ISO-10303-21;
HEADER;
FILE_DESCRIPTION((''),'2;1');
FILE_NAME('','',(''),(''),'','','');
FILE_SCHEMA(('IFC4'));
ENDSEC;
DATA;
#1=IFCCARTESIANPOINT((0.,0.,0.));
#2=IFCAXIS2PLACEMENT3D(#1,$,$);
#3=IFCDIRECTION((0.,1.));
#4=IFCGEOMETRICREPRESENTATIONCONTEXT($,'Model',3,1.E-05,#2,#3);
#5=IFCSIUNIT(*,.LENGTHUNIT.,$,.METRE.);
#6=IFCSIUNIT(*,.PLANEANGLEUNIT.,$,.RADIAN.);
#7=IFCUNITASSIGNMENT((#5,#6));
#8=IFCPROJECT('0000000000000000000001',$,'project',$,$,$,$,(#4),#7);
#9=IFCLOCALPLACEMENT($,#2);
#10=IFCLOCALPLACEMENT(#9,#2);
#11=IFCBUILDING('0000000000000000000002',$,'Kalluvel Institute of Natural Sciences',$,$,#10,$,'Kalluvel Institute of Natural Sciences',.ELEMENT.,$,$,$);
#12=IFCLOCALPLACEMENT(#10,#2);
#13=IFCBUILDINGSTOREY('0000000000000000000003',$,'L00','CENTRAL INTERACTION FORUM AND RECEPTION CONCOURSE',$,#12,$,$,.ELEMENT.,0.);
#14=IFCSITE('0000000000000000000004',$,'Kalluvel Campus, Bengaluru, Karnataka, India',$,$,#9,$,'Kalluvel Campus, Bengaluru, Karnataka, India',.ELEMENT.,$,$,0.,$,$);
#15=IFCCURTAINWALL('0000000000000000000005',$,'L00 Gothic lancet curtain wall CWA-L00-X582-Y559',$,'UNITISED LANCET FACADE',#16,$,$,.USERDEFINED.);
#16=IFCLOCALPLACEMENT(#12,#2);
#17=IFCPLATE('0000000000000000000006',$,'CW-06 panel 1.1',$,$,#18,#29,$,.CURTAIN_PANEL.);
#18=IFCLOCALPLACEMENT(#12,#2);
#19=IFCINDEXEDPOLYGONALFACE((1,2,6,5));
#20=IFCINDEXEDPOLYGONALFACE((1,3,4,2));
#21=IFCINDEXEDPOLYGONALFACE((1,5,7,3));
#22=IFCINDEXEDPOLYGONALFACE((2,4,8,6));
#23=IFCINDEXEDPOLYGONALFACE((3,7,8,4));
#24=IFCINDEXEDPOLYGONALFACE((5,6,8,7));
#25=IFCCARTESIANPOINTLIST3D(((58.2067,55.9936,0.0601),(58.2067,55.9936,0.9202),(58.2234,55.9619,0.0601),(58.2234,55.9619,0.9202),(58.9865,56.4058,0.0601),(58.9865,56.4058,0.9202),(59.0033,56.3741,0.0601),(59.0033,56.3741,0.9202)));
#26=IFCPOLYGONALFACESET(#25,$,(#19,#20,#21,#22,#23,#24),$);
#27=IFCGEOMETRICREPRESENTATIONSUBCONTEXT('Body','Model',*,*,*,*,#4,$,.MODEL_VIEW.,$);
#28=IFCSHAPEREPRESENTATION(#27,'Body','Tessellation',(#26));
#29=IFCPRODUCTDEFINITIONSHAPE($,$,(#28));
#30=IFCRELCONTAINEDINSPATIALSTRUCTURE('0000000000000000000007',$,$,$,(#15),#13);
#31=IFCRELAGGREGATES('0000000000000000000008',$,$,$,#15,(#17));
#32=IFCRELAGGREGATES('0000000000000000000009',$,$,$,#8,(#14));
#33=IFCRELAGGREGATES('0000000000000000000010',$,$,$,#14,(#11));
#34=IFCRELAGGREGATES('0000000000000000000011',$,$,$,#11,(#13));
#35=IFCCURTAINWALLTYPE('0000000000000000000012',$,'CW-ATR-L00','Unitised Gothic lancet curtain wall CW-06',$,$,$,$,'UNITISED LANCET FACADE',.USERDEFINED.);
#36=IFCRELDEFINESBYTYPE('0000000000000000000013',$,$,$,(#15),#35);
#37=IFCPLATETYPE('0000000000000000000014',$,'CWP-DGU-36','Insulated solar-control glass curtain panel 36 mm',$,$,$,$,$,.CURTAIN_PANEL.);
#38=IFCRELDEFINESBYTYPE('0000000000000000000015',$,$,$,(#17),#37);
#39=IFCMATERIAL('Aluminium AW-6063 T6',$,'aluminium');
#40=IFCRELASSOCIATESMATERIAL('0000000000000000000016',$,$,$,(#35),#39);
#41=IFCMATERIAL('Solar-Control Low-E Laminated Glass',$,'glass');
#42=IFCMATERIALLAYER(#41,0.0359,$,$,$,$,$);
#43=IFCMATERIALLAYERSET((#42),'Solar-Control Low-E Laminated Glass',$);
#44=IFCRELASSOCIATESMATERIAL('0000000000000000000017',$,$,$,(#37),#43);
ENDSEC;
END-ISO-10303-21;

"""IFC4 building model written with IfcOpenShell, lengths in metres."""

from ifc_helpers import new_model, si_unit, direction, frame, origin, origin_2d, place, context, subcontext, project, spatial, rectangle, extrude, material, layer, layer_set, type_object, element, aggregate, save


model = new_model("IFC4")

# Units and contexts
model_context = context("Model", 3, precision=1e-05, world=origin(), true_north=direction((0.0, 1.0)))
body_context = subcontext(model_context, "Body", "Model", "MODEL_VIEW")
ifc_project = project(units=[si_unit("LENGTHUNIT", "METRE"), si_unit("PLANEANGLEUNIT", "RADIAN")], contexts=[model_context])

# Site, building, storey
site_placement = place(None, origin())
site = spatial("IfcSite", under=ifc_project, at=site_placement, Name="Kalluvel Campus, Bengaluru, Karnataka, India", LongName="Kalluvel Campus, Bengaluru, Karnataka, India", CompositionType="ELEMENT", RefElevation=0.0)
building_placement = place(site_placement, origin())
building = spatial("IfcBuilding", under=site, at=building_placement, Name="Kalluvel Institute of Natural Sciences", LongName="Kalluvel Institute of Natural Sciences", CompositionType="ELEMENT")
storey_placement = place(building_placement, origin())
storey = spatial("IfcBuildingStorey", under=building, at=storey_placement, Name="L00", Description="CENTRAL INTERACTION FORUM AND RECEPTION CONCOURSE", CompositionType="ELEMENT", Elevation=0.0)

# Shared definitions
ifc_material_1 = material(Name="Aluminium AW-6063 T6", Category="aluminium")
curtain_wall_type = type_object("IfcCurtainWallType", Name="CW-ATR-L00", Description="Unitised Gothic lancet curtain wall CW-06", ElementType="UNITISED LANCET FACADE", PredefinedType="USERDEFINED", material=ifc_material_1)

# Curtain wall
curtain_wall_1_placement = place(storey_placement, origin())
curtain_wall_1 = element("IfcCurtainWall", 1, at=curtain_wall_1_placement, inside=storey, type_object=curtain_wall_type, Name="L00 Gothic lancet curtain wall CWA-L00-X582-Y559", ObjectType="UNITISED LANCET FACADE", PredefinedType="USERDEFINED")

# Plate
ifc_material_2 = material(Name="Solar-Control Low-E Laminated Glass", Category="glass")
ifc_layer = layer(ifc_material_2, 0.0359)
ifc_layer_set = layer_set([ifc_layer], Name="Solar-Control Low-E Laminated Glass")
plate_type = type_object("IfcPlateType", Name="CWP-DGU-36", Description="Insulated solar-control glass curtain panel 36 mm", PredefinedType="CURTAIN_PANEL", material=ifc_layer_set)
plate_1_placement = place(storey_placement, frame((58.605, 56.1838, 0.0601), z_axis=(0.0, 0.0, 1.0), x_axis=(0.884109, 0.467281, 0.0)))
plate_1 = element("IfcPlate", 2, at=plate_1_placement, type_object=plate_type, Name="CW-06 panel 1.1", PredefinedType="CURTAIN_PANEL", context=body_context, shape_type="SweptSolid", body=[
    extrude(rectangle(XDim=0.8821, YDim=0.0359, at=origin_2d()), origin(), (0.0, 0.0, 1.0), 0.8601),
])
aggregate(curtain_wall_1, [plate_1])

save(model, "model.ifc")
